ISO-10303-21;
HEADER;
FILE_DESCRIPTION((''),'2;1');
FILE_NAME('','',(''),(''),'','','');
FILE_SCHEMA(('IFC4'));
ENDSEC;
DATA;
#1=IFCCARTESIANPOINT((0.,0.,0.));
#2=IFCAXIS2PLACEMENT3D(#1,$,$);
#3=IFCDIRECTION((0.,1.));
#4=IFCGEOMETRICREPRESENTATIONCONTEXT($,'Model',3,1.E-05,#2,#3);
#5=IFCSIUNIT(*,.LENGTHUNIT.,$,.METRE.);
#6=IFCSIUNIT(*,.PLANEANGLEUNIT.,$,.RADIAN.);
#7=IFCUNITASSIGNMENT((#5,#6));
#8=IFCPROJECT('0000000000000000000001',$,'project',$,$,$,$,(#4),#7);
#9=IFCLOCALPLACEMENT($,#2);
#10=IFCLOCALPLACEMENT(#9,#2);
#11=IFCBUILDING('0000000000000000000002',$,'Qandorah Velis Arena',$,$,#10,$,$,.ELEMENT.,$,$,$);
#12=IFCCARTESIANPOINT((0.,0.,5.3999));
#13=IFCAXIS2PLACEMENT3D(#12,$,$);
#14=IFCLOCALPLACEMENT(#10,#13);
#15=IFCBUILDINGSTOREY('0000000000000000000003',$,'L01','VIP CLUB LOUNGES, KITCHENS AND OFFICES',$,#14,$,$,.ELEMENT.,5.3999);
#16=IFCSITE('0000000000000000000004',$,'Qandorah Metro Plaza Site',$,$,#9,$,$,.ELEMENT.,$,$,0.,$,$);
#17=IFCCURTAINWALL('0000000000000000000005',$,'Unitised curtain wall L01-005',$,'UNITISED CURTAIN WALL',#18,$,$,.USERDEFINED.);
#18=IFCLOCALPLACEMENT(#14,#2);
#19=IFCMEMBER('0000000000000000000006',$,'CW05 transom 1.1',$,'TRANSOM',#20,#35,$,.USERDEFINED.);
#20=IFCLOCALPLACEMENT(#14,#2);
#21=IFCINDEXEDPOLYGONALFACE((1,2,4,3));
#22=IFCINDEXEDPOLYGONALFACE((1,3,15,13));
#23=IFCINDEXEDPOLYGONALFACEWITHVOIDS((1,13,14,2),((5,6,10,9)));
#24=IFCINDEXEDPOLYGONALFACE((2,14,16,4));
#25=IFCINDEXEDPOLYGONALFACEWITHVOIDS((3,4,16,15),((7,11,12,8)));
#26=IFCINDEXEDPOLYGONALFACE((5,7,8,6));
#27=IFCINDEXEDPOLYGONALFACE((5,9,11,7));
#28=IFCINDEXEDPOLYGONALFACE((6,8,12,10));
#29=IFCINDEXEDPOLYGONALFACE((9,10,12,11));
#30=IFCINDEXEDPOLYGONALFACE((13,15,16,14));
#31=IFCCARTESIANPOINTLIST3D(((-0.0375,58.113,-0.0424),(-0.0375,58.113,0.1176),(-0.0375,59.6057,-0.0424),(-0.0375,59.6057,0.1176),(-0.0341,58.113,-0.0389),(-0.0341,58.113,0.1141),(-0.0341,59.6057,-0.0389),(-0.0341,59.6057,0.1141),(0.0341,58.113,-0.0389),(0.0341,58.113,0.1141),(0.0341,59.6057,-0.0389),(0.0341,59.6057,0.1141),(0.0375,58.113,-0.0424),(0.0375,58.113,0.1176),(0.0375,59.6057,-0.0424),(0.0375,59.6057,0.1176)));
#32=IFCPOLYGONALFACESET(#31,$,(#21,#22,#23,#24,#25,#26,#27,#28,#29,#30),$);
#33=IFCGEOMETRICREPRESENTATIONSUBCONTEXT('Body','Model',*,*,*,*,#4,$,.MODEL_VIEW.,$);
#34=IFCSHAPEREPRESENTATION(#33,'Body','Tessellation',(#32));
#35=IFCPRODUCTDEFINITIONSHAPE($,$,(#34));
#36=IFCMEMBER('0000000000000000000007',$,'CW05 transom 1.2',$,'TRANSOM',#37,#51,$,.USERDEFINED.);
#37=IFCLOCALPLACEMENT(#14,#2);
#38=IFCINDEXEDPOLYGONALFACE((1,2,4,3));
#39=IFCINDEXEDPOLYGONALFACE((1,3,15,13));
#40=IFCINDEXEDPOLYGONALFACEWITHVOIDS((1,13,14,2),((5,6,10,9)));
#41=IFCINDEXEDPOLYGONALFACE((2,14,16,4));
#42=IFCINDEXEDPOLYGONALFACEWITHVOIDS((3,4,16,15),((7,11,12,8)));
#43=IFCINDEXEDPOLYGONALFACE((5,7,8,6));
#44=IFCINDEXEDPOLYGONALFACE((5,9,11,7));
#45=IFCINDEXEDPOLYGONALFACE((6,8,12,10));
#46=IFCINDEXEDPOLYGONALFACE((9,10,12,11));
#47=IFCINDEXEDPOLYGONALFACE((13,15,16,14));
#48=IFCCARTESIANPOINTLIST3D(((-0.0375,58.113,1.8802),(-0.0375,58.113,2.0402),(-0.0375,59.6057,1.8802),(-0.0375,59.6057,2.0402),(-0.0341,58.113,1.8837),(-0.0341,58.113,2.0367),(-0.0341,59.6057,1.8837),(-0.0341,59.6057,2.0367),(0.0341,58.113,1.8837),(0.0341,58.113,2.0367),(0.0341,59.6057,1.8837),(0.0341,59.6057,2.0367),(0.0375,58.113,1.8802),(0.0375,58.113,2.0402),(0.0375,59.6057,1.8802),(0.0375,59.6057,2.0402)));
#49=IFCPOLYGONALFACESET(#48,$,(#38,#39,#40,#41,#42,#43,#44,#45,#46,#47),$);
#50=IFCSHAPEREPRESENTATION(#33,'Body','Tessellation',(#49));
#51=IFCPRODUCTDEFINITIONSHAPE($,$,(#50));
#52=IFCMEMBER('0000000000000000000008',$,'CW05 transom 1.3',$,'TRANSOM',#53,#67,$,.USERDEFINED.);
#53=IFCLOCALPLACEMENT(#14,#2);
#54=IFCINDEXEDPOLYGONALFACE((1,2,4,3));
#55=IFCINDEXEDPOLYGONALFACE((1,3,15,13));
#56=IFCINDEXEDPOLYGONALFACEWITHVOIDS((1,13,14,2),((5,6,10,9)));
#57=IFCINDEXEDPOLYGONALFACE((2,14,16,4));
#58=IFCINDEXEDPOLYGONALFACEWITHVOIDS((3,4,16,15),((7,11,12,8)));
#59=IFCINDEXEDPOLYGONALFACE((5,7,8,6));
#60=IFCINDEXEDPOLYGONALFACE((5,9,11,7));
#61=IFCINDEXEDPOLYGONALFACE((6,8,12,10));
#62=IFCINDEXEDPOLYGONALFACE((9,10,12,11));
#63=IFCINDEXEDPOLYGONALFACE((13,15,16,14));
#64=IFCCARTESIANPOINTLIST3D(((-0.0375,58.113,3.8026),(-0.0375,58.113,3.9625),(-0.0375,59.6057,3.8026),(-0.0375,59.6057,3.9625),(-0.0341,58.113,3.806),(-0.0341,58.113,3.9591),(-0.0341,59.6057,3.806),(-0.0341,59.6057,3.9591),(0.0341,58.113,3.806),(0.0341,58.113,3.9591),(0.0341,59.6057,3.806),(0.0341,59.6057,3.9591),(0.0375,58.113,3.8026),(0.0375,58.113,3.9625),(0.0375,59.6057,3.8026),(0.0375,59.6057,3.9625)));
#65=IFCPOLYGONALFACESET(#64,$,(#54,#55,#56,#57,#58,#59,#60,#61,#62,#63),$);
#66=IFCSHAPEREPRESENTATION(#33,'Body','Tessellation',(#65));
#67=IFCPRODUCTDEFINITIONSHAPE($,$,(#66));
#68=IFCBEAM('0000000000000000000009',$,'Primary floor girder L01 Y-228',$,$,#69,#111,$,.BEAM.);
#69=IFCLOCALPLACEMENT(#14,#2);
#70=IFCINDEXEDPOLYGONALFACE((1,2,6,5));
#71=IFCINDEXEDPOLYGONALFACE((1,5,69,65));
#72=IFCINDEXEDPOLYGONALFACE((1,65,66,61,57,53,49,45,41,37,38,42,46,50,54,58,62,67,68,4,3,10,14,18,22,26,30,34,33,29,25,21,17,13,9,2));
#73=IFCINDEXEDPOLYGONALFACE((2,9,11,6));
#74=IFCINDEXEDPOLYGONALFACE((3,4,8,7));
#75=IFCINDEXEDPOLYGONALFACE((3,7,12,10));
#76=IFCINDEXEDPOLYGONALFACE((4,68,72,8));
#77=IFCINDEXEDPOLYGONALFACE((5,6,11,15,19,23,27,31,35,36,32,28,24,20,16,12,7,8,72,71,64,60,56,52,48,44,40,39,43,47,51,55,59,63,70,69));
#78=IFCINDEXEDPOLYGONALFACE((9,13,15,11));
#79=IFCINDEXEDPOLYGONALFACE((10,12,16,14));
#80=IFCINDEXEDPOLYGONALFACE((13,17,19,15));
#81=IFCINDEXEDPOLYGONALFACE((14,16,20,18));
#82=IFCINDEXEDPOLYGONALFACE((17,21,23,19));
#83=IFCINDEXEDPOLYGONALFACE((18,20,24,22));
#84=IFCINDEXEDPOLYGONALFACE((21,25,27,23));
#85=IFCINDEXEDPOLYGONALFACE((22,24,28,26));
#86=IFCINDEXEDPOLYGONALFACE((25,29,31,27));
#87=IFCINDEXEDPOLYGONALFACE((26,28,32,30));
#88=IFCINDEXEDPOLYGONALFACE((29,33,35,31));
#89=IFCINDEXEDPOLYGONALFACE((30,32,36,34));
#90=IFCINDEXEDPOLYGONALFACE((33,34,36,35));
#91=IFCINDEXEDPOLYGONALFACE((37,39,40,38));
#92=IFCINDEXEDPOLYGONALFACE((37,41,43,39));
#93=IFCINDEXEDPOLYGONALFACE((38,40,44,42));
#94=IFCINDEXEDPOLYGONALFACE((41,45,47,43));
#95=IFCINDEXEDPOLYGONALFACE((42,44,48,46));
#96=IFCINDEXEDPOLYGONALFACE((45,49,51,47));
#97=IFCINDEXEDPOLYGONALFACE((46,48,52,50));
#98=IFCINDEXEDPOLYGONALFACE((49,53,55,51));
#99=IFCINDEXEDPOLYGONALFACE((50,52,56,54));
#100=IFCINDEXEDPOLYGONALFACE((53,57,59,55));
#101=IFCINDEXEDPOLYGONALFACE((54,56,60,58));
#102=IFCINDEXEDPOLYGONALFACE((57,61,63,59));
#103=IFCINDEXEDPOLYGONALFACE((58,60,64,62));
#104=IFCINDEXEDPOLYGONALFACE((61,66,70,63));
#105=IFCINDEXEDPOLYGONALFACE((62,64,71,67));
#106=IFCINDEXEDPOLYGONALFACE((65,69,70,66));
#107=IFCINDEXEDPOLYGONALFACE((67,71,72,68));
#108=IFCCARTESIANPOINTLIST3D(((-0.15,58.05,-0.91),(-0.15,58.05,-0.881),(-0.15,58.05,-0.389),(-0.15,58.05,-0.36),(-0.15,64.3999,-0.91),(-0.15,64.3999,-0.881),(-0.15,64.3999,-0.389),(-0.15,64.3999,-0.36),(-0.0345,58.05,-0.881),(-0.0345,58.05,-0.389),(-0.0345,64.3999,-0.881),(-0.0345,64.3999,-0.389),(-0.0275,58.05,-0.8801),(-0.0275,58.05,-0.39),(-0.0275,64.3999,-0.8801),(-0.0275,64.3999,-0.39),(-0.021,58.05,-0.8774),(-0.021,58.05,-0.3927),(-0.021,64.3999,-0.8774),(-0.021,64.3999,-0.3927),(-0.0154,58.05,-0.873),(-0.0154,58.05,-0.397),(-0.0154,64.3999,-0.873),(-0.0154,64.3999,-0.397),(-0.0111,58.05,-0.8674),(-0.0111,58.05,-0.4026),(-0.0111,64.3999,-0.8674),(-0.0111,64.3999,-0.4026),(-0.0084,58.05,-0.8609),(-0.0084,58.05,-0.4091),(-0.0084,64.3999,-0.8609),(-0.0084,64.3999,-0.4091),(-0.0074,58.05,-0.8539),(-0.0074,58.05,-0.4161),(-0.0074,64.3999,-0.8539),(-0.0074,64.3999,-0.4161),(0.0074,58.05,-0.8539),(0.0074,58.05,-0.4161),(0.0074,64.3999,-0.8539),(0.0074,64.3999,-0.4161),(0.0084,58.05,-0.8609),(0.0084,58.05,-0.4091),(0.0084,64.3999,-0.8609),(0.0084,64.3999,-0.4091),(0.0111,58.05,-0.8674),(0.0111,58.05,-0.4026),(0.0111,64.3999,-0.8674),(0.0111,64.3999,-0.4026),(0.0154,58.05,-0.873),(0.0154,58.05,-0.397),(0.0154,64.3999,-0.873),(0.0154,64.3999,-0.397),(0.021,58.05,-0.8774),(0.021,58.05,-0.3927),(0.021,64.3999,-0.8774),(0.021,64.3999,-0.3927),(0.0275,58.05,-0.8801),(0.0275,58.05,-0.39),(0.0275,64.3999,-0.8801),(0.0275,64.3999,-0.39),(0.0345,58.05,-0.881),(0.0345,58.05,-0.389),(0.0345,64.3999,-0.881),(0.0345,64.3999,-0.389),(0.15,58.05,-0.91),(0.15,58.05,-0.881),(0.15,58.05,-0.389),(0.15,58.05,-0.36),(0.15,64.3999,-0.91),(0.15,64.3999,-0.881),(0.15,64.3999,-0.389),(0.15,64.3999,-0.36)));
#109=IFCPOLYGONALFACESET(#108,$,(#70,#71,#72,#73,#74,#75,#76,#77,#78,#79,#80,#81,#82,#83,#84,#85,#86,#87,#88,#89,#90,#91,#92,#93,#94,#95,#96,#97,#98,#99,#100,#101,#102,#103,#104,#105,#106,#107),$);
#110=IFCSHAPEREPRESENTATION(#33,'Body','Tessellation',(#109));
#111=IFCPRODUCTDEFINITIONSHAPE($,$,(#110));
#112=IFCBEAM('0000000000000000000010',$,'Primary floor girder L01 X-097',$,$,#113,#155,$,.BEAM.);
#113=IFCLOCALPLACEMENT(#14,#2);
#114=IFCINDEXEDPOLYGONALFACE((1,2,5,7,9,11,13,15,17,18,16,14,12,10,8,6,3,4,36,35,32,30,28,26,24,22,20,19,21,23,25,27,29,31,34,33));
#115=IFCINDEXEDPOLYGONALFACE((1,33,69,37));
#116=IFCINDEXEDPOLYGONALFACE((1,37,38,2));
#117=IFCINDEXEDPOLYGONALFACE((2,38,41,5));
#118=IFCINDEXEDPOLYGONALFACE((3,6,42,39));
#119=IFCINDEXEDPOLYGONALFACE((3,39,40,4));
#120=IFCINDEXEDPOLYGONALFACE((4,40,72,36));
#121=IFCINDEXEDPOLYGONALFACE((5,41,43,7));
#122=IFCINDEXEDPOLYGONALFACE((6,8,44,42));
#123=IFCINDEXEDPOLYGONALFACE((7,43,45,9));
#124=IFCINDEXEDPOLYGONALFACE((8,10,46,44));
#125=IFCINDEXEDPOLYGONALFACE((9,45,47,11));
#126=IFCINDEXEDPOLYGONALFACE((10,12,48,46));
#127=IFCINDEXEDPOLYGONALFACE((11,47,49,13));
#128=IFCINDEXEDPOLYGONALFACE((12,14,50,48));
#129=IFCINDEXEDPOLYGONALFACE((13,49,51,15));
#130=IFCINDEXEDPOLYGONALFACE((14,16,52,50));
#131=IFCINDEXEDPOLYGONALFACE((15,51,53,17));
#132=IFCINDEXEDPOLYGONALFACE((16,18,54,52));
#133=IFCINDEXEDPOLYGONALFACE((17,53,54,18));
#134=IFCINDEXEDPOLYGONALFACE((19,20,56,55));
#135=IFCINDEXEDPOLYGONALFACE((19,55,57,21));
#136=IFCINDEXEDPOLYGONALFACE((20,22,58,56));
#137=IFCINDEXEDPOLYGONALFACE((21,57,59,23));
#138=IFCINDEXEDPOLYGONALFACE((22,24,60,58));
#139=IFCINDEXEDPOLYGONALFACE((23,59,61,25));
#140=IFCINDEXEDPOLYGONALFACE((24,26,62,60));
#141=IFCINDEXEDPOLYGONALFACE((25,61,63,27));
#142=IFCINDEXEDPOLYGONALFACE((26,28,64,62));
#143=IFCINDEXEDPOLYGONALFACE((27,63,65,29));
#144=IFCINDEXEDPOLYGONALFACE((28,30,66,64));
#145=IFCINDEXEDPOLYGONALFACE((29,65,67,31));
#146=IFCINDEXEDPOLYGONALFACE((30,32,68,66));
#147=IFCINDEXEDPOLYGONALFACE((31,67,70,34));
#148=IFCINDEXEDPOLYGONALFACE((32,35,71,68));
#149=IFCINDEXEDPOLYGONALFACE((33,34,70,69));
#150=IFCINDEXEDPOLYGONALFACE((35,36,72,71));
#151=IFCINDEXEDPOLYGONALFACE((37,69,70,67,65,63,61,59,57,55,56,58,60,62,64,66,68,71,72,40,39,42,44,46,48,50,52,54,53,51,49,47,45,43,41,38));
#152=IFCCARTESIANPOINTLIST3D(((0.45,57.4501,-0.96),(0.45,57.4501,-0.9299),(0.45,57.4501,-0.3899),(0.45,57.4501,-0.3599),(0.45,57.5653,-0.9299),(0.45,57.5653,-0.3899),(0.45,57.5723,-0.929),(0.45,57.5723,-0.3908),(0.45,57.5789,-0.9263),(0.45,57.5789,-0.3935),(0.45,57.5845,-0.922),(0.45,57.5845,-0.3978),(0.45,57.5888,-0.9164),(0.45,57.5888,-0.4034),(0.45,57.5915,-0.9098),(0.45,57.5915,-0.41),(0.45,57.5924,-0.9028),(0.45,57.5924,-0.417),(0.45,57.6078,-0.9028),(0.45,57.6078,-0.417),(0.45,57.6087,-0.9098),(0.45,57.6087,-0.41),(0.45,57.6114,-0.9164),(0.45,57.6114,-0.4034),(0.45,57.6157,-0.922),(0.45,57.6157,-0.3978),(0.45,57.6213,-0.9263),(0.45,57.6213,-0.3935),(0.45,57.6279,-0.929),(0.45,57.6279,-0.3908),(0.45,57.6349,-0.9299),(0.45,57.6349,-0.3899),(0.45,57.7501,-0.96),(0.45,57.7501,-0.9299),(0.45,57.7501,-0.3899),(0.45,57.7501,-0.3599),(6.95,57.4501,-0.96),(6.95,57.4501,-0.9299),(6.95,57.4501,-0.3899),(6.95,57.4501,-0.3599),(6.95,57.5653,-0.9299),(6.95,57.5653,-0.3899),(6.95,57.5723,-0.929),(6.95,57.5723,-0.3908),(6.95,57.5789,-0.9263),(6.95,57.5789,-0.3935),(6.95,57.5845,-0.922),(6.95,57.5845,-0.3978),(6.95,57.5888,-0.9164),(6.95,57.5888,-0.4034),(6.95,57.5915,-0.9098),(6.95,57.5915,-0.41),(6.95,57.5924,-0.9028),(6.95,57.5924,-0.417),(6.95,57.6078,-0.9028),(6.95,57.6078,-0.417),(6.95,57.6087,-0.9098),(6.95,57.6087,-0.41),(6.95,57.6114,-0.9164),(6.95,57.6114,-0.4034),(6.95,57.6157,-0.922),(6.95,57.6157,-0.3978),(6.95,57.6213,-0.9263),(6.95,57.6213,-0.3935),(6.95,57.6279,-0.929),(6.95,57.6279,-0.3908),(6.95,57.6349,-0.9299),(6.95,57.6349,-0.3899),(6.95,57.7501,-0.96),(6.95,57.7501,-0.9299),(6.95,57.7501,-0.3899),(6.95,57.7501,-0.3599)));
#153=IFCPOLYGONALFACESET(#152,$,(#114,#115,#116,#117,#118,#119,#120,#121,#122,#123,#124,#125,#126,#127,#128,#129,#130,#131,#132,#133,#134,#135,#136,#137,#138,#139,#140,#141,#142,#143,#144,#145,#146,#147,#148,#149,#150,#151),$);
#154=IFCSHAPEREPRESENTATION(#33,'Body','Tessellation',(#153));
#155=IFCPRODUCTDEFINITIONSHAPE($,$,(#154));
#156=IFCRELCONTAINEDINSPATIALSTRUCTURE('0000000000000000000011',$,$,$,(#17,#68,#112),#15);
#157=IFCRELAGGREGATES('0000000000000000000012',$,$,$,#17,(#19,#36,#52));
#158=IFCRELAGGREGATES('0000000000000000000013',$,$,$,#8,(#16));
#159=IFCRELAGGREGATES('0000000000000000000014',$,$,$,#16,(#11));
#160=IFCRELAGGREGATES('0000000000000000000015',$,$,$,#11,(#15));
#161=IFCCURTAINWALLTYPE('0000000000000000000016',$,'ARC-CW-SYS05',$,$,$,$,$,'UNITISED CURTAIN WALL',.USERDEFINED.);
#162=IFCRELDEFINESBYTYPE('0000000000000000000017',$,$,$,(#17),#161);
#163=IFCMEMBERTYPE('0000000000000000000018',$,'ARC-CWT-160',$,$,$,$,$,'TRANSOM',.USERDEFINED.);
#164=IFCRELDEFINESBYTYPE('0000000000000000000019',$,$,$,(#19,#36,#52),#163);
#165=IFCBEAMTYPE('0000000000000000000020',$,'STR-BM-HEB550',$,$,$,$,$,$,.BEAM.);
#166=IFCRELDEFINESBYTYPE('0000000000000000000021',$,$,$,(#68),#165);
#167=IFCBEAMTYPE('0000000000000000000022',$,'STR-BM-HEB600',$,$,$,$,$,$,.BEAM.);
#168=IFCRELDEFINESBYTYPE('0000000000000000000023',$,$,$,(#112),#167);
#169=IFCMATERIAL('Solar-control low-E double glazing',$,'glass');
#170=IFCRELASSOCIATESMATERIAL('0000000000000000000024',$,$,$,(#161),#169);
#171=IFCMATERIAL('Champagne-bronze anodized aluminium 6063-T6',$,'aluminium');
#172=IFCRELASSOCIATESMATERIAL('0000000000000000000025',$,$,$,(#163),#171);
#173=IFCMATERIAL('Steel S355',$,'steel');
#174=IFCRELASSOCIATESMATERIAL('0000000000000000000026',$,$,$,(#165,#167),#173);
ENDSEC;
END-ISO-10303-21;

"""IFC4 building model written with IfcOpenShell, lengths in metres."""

from ifc_helpers import new_model, si_unit, direction, frame, origin, origin_2d, place, context, subcontext, project, spatial, hollow_rectangle, i_section, extrude, material, material_profile, profile_set, type_object, element, aggregate, save


model = new_model("IFC4")

# Units and contexts
model_context = context("Model", 3, precision=1e-05, world=origin(), true_north=direction((0.0, 1.0)))
body_context = subcontext(model_context, "Body", "Model", "MODEL_VIEW")
ifc_project = project(units=[si_unit("LENGTHUNIT", "METRE"), si_unit("PLANEANGLEUNIT", "RADIAN")], contexts=[model_context])

# Site, building, storey
site_placement = place(None, origin())
site = spatial("IfcSite", under=ifc_project, at=site_placement, Name="Qandorah Metro Plaza Site", CompositionType="ELEMENT", RefElevation=0.0)
building_placement = place(site_placement, origin())
building = spatial("IfcBuilding", under=site, at=building_placement, Name="Qandorah Velis Arena", CompositionType="ELEMENT")
storey_placement = place(building_placement, frame((0.0, 0.0, 5.3999)))
storey = spatial("IfcBuildingStorey", under=building, at=storey_placement, Name="L01", Description="VIP CLUB LOUNGES, KITCHENS AND OFFICES", CompositionType="ELEMENT", Elevation=5.3999)

# Shared definitions
ifc_material_1 = material(Name="Solar-control low-E double glazing", Category="glass")
ifc_material_2 = material(Name="Champagne-bronze anodized aluminium 6063-T6", Category="aluminium")

# Curtain wall
curtain_wall_type_1 = type_object("IfcCurtainWallType", Name="ARC-CW-SYS05", ElementType="UNITISED CURTAIN WALL", PredefinedType="USERDEFINED", material=ifc_material_1)
curtain_wall_1_placement = place(storey_placement, origin())
curtain_wall_1 = element("IfcCurtainWall", 1, at=curtain_wall_1_placement, inside=storey, type_object=curtain_wall_type_1, Name="Unitised curtain wall L01-005", ObjectType="UNITISED CURTAIN WALL", PredefinedType="USERDEFINED")

# Members
ifc_material_profile_1 = material_profile(ifc_material_2, hollow_rectangle(XDim=0.075, YDim=0.1599, WallThickness=0.0034, at=origin_2d()), Name="ALU TRANSOM 75x160")
ifc_profile_set_1 = profile_set([ifc_material_profile_1], Name="Champagne-bronze anodized aluminium 6063-T6")
member_type_1 = type_object("IfcMemberType", Name="ARC-CWT-160", ElementType="TRANSOM", PredefinedType="USERDEFINED", material=ifc_profile_set_1)
member_1_placement = place(storey_placement, frame((0.0, 58.113, 0.0376), z_axis=(0.0, 1.0, 0.0), x_axis=(-1.0, 0.0, 0.0)))
member_1 = element("IfcMember", 2, at=member_1_placement, type_object=member_type_1, Name="CW05 transom 1.1", ObjectType="TRANSOM", PredefinedType="USERDEFINED", context=body_context, shape_type="SweptSolid", body=[
    extrude(hollow_rectangle(XDim=0.075, YDim=0.1599, WallThickness=0.0034, at=origin_2d()), origin(), (0.0, 0.0, 1.0), 1.4927),
])
member_2_placement = place(storey_placement, frame((0.0, 58.113, 1.9602), z_axis=(0.0, 1.0, 0.0), x_axis=(-1.0, 0.0, 0.0)))
member_2 = element("IfcMember", 3, at=member_2_placement, type_object=member_type_1, Name="CW05 transom 1.2", ObjectType="TRANSOM", PredefinedType="USERDEFINED", context=body_context, shape_type="SweptSolid", body=[
    extrude(hollow_rectangle(XDim=0.075, YDim=0.1599, WallThickness=0.0034, at=origin_2d()), origin(), (0.0, 0.0, 1.0), 1.4927),
])
member_3_placement = place(storey_placement, frame((0.0, 58.113, 3.8826), z_axis=(0.0, 1.0, 0.0), x_axis=(-1.0, 0.0, 0.0)))
member_3 = element("IfcMember", 4, at=member_3_placement, type_object=member_type_1, Name="CW05 transom 1.3", ObjectType="TRANSOM", PredefinedType="USERDEFINED", context=body_context, shape_type="SweptSolid", body=[
    extrude(hollow_rectangle(XDim=0.075, YDim=0.1599, WallThickness=0.0034, at=origin_2d()), origin(), (0.0, 0.0, 1.0), 1.4927),
])
aggregate(curtain_wall_1, [member_1, member_2, member_3])

# Beams
ifc_material_3 = material(Name="Steel S355", Category="steel")
ifc_material_profile_2 = material_profile(ifc_material_3, i_section(OverallWidth=0.3, OverallDepth=0.55, WebThickness=0.0149, FlangeThickness=0.0291, FilletRadius=0.0271, at=origin_2d()), Name="HEB 550")
ifc_profile_set_2 = profile_set([ifc_material_profile_2], Name="Steel S355")
beam_type_1 = type_object("IfcBeamType", Name="STR-BM-HEB550", PredefinedType="BEAM", material=ifc_profile_set_2)
beam_1_placement = place(storey_placement, frame((0.0, 58.05, -0.635), z_axis=(0.0, 1.0, 0.0), x_axis=(-1.0, 0.0, 0.0)))
element("IfcBeam", 5, at=beam_1_placement, inside=storey, type_object=beam_type_1, Name="Primary floor girder L01 Y-228", PredefinedType="BEAM", context=body_context, shape_type="SweptSolid", body=[
    extrude(i_section(OverallWidth=0.3, OverallDepth=0.55, WebThickness=0.0149, FlangeThickness=0.0291, FilletRadius=0.0271, at=origin_2d()), origin(), (0.0, 0.0, 1.0), 6.3499),
])
ifc_material_profile_3 = material_profile(ifc_material_3, i_section(OverallWidth=0.3, OverallDepth=0.6001, WebThickness=0.0154, FlangeThickness=0.03, FilletRadius=0.0271, at=origin_2d()), Name="HEB 600")
ifc_profile_set_3 = profile_set([ifc_material_profile_3], Name="Steel S355")
beam_type_2 = type_object("IfcBeamType", Name="STR-BM-HEB600", PredefinedType="BEAM", material=ifc_profile_set_3)
beam_2_placement = place(storey_placement, frame((0.45, 57.6001, -0.6599), z_axis=(1.0, 0.0, 0.0), x_axis=(0.0, 1.0, 0.0)))
element("IfcBeam", 6, at=beam_2_placement, inside=storey, type_object=beam_type_2, Name="Primary floor girder L01 X-097", PredefinedType="BEAM", context=body_context, shape_type="SweptSolid", body=[
    extrude(i_section(OverallWidth=0.3, OverallDepth=0.6001, WebThickness=0.0154, FlangeThickness=0.03, FilletRadius=0.0271, at=origin_2d()), origin(), (0.0, 0.0, 1.0), 6.5),
])

save(model, "model.ifc")
